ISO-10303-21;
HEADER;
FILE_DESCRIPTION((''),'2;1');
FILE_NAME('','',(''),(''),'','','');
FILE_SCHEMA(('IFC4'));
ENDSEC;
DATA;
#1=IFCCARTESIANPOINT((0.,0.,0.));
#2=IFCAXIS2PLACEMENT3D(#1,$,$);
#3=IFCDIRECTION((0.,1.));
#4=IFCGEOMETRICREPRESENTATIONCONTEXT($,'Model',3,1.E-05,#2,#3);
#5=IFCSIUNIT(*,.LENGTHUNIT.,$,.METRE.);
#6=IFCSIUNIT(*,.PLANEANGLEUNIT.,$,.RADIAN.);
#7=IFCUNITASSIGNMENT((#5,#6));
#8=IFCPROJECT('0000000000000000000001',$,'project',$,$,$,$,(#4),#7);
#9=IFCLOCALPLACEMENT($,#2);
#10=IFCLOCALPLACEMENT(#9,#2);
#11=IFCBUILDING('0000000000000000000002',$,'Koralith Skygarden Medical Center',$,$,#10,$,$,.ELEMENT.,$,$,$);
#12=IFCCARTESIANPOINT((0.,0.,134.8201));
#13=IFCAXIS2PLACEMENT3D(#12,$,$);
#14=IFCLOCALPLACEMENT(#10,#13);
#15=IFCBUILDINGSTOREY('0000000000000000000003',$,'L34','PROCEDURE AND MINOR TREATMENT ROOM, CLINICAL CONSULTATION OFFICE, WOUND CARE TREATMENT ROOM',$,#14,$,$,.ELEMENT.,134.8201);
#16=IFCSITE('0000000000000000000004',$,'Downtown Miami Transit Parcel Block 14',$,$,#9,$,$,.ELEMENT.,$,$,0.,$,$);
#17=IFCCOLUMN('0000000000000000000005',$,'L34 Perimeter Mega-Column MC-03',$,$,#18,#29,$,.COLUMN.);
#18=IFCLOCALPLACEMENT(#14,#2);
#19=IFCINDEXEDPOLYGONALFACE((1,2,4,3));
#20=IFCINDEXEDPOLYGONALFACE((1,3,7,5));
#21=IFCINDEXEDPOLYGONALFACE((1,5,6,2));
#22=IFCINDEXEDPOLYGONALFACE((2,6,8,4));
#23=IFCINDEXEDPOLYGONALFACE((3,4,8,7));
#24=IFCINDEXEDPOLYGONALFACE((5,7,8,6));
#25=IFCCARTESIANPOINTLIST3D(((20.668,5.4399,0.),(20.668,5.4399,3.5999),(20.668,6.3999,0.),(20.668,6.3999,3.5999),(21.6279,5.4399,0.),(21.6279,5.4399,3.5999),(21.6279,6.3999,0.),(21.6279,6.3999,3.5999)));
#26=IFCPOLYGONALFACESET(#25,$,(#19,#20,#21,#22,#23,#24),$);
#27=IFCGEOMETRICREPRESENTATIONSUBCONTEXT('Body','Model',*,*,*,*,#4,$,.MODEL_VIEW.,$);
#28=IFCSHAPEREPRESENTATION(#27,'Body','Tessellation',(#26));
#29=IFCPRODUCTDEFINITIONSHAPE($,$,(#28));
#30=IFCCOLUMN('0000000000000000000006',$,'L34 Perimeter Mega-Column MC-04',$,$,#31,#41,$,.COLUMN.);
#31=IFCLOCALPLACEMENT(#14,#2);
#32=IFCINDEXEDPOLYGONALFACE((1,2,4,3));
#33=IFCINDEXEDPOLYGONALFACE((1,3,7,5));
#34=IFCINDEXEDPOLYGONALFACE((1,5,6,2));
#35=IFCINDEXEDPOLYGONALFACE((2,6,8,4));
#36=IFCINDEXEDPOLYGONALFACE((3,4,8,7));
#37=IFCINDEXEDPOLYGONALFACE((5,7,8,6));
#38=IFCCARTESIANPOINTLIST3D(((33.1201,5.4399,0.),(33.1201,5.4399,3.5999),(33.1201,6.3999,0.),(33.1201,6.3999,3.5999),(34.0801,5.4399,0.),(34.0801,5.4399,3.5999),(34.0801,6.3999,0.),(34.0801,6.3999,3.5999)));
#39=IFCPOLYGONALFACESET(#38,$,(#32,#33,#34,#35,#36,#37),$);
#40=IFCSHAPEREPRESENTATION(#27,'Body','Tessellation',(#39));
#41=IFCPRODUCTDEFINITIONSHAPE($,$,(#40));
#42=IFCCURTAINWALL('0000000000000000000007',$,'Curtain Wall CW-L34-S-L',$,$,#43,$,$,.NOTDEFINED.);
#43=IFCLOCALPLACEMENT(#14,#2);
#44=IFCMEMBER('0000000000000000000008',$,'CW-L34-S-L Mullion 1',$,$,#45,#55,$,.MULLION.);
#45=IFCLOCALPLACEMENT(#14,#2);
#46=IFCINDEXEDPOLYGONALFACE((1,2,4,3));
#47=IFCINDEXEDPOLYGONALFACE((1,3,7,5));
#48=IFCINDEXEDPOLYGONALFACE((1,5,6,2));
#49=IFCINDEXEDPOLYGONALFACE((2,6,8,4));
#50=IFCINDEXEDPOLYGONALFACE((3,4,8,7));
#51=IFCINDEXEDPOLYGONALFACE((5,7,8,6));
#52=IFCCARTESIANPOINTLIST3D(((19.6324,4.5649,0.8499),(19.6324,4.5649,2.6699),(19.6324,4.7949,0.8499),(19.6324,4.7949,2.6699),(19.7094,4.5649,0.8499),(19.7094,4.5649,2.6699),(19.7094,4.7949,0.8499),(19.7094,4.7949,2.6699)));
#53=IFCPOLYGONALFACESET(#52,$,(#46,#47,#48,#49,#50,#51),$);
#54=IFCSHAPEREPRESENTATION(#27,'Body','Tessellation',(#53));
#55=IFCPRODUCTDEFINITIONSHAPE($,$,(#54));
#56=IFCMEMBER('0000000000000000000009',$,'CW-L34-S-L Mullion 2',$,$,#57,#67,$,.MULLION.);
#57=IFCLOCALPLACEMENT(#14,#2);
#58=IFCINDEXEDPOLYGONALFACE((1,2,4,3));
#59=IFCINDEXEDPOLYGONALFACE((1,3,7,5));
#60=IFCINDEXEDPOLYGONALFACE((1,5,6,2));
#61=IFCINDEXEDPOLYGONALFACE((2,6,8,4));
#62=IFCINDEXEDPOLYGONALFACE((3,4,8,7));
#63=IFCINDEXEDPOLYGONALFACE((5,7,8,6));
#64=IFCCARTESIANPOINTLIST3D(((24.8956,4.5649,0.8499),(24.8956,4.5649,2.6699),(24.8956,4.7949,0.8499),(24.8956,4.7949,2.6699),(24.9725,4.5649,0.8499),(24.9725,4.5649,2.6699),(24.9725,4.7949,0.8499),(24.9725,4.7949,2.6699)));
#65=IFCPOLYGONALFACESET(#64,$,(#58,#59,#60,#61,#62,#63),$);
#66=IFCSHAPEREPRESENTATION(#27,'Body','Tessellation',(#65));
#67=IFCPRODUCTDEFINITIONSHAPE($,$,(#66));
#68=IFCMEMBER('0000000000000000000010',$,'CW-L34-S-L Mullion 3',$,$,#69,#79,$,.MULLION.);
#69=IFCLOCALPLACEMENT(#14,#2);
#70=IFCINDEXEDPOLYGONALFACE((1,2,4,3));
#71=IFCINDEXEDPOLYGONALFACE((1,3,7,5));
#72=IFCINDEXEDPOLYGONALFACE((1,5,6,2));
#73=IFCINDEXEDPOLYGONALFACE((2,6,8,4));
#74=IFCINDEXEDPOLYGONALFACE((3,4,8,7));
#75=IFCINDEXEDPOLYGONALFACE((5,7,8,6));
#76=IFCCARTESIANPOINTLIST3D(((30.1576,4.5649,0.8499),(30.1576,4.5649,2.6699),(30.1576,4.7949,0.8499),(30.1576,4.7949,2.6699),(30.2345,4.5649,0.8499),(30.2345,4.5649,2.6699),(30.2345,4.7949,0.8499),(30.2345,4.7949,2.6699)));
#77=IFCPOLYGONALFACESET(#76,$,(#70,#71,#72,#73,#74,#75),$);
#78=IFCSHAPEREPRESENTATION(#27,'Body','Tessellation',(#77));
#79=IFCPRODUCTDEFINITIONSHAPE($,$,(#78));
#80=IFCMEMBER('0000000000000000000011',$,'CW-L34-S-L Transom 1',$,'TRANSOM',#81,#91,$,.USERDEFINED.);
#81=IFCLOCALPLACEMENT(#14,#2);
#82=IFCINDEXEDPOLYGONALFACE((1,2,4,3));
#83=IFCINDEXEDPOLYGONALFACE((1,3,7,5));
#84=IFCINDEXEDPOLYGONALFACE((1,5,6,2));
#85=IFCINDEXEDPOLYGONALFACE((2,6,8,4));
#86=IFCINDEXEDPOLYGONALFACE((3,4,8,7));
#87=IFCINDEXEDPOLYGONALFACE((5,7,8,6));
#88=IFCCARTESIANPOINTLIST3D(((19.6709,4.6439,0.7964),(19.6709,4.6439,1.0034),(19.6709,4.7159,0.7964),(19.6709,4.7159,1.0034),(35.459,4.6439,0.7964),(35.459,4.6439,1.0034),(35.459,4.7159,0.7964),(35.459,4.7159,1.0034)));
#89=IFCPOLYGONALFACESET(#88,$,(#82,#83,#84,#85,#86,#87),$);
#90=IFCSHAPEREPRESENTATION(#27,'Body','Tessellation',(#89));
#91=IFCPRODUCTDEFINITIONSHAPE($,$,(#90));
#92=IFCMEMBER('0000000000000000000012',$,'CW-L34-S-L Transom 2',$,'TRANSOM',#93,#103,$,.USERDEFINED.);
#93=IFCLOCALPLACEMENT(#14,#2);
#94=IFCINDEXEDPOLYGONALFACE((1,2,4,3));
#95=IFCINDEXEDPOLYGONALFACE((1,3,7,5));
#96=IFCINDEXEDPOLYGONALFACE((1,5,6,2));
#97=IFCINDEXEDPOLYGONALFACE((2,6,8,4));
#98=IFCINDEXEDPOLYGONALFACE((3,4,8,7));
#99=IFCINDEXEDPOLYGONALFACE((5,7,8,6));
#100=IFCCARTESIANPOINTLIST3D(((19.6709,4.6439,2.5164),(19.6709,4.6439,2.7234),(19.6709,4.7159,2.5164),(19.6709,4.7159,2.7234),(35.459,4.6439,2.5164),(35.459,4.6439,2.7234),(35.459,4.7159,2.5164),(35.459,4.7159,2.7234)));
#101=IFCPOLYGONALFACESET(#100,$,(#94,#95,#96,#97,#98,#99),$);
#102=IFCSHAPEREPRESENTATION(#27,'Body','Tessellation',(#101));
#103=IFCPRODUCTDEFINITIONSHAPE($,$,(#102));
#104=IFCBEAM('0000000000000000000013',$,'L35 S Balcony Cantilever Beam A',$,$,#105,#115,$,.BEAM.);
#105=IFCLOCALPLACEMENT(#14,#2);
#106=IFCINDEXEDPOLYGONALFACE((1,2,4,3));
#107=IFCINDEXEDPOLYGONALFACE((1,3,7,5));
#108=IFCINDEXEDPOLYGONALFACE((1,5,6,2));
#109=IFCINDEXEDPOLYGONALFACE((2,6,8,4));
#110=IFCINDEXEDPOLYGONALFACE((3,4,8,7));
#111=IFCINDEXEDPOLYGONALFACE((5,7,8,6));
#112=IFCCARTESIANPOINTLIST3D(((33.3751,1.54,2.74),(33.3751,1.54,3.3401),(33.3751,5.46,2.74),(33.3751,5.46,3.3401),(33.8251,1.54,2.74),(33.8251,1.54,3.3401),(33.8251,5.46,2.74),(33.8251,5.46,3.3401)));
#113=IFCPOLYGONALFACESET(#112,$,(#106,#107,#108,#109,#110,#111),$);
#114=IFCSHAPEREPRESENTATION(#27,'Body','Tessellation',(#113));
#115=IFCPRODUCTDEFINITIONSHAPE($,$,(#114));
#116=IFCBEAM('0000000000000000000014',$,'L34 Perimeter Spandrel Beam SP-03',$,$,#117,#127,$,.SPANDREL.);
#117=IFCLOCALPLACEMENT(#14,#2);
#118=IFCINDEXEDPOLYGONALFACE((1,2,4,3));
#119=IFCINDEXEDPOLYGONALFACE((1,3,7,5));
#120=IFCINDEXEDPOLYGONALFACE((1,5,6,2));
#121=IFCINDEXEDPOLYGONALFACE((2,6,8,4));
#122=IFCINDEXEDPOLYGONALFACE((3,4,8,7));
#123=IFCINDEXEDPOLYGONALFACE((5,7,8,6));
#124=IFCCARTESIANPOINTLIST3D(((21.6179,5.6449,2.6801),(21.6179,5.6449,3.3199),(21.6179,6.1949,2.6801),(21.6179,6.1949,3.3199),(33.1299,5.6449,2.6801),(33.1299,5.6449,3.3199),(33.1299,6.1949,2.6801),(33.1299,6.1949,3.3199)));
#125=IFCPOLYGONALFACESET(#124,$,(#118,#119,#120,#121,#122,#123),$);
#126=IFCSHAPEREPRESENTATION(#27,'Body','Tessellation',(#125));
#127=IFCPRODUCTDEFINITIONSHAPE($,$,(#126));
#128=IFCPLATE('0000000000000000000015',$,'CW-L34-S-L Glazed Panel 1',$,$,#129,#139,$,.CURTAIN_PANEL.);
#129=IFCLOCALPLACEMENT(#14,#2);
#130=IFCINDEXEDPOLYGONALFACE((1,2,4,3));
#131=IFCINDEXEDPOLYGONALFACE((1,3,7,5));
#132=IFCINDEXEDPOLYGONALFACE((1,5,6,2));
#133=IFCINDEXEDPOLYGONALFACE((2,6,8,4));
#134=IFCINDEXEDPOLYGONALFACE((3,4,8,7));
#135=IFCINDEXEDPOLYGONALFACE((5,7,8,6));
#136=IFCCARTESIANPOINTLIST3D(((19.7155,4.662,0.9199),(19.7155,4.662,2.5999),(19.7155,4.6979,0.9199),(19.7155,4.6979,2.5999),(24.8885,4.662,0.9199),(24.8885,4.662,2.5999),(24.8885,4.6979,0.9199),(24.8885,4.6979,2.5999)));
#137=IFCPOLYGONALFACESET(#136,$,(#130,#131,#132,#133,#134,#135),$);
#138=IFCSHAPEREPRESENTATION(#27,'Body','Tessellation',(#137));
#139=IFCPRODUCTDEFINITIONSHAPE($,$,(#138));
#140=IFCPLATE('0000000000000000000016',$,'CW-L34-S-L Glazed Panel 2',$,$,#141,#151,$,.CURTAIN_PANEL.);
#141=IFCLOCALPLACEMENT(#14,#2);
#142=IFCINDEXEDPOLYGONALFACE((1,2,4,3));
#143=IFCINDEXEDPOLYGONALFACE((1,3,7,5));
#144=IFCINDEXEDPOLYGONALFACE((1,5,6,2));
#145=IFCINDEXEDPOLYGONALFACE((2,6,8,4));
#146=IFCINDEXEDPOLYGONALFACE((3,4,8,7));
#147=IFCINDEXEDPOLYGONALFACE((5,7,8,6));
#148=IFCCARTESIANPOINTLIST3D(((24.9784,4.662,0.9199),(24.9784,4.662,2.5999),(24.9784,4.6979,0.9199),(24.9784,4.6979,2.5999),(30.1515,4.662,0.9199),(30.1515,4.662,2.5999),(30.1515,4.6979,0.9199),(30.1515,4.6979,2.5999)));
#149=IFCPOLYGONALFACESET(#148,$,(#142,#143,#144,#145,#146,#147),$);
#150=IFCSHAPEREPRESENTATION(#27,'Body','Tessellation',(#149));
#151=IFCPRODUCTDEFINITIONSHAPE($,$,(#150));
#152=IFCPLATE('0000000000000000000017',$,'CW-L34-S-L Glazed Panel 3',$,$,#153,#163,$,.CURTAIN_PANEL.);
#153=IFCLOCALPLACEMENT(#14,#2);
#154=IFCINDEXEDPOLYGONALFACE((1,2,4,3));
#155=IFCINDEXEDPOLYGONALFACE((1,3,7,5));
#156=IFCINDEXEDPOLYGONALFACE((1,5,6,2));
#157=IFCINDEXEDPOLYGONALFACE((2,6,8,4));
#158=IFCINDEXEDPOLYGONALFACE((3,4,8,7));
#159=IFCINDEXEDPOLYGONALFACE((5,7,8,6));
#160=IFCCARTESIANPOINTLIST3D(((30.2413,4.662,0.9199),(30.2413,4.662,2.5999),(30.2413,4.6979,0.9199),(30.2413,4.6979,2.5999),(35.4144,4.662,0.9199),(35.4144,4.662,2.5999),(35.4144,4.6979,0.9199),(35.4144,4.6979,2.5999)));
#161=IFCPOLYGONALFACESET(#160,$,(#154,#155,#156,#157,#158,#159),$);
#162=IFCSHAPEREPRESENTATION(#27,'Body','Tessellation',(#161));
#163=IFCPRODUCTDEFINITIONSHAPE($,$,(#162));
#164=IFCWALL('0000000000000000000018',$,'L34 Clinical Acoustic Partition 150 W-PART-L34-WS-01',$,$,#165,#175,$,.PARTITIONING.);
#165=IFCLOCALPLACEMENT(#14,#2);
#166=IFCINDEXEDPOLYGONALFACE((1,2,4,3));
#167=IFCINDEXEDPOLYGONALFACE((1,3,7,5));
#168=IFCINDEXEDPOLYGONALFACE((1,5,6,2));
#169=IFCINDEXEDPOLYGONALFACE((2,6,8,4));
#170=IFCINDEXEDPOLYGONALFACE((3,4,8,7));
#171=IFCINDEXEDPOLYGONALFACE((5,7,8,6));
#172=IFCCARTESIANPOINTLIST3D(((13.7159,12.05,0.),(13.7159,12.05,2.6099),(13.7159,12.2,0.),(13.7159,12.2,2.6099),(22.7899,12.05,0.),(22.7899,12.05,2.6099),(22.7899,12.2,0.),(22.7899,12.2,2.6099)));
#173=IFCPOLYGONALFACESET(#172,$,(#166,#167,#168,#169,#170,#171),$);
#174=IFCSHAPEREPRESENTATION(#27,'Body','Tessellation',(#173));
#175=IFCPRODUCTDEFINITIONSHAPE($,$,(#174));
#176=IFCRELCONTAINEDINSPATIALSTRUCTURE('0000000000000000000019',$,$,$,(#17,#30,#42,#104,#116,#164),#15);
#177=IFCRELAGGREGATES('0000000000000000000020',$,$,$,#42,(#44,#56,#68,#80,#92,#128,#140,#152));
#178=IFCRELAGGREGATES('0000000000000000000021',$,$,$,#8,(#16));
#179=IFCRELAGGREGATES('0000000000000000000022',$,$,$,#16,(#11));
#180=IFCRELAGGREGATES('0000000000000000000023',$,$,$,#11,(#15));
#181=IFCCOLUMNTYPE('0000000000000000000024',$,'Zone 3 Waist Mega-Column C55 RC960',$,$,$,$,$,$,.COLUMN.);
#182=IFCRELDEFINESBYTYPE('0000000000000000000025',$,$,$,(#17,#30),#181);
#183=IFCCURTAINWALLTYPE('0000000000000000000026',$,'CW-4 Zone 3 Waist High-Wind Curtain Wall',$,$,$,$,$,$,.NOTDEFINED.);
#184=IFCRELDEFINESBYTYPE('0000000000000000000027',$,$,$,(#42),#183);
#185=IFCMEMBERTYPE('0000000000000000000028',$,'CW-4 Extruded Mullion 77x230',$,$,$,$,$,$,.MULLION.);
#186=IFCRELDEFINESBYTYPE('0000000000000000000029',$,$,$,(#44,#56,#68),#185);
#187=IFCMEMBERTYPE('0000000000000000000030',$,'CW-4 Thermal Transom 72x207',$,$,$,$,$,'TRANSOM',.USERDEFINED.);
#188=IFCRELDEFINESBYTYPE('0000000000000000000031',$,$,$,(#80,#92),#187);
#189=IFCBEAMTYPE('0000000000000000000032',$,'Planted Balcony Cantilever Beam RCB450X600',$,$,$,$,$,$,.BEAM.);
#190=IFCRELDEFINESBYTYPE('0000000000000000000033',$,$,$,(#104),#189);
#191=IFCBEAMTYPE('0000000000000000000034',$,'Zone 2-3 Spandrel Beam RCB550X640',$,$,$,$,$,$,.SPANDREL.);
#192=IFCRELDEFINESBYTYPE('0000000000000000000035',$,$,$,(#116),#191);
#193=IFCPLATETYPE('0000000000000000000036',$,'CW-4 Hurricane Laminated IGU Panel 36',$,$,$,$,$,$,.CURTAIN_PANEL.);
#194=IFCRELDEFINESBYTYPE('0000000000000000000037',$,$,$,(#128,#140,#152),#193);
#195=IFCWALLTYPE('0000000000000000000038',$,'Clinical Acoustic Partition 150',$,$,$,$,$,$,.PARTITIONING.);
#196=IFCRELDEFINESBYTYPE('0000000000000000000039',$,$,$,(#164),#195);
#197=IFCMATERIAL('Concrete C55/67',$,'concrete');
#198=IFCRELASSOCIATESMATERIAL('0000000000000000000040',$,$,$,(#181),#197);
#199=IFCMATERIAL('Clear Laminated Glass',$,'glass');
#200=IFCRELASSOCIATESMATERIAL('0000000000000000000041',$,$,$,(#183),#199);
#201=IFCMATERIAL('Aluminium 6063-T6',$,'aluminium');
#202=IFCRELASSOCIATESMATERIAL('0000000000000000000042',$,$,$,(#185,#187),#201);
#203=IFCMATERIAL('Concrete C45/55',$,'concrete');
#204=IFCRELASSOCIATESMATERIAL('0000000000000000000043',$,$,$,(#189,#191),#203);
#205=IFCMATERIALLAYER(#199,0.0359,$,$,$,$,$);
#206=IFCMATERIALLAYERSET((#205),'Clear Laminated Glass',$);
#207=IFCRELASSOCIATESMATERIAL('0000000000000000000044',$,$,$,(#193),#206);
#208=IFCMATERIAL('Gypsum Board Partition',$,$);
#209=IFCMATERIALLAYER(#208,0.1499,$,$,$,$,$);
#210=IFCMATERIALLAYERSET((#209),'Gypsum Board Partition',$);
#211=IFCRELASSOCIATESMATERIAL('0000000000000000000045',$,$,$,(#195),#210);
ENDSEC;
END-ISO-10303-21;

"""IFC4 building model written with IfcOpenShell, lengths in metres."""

from ifc_helpers import new_model, si_unit, direction, frame, frame_2d, origin, origin_2d, place, context, subcontext, project, spatial, rectangle, extrude, material, layer, layer_set, material_profile, profile_set, type_object, element, aggregate, save


model = new_model("IFC4")

# Units and contexts
model_context = context("Model", 3, precision=1e-05, world=origin(), true_north=direction((0.0, 1.0)))
body_context = subcontext(model_context, "Body", "Model", "MODEL_VIEW")
ifc_project = project(units=[si_unit("LENGTHUNIT", "METRE"), si_unit("PLANEANGLEUNIT", "RADIAN")], contexts=[model_context])

# Site, building, storey
site_placement = place(None, origin())
site = spatial("IfcSite", under=ifc_project, at=site_placement, Name="Downtown Miami Transit Parcel Block 14", CompositionType="ELEMENT", RefElevation=0.0)
building_placement = place(site_placement, origin())
building = spatial("IfcBuilding", under=site, at=building_placement, Name="Koralith Skygarden Medical Center", CompositionType="ELEMENT")
storey_placement = place(building_placement, frame((0.0, 0.0, 134.8201)))
storey = spatial("IfcBuildingStorey", under=building, at=storey_placement, Name="L34", Description="PROCEDURE AND MINOR TREATMENT ROOM, CLINICAL CONSULTATION OFFICE, WOUND CARE TREATMENT ROOM", CompositionType="ELEMENT", Elevation=134.8201)

# Columns
ifc_material_1 = material(Name="Concrete C55/67", Category="concrete")
ifc_material_profile_1 = material_profile(ifc_material_1, rectangle(XDim=0.96, YDim=0.96, at=origin_2d()), Name="RC960X960")
ifc_profile_set_1 = profile_set([ifc_material_profile_1], Name="Concrete C55/67")
column_type = type_object("IfcColumnType", Name="Zone 3 Waist Mega-Column C55 RC960", PredefinedType="COLUMN", material=ifc_profile_set_1)
for number, where, z_axis, x_axis, name in (
    (1, (21.1479, 5.9199, 0.0), (0.0, 0.0, 1.0), (1.0, 0.0, 0.0), "L34 Perimeter Mega-Column MC-03"),
    (2, (33.6001, 5.9199, 0.0), (0.0, 0.0, 1.0), (1.0, 0.0, 0.0), "L34 Perimeter Mega-Column MC-04"),
):
    element("IfcColumn", number, at=place(storey_placement, frame(where, z_axis=z_axis, x_axis=x_axis)), inside=storey, type_object=column_type, Name=name, PredefinedType="COLUMN", context=body_context, shape_type="SweptSolid", body=[
        extrude(rectangle(XDim=0.96, YDim=0.96, at=origin_2d()), origin(), (0.0, 0.0, 1.0), 3.5999),
    ])

# Curtain wall, members
ifc_material_2 = material(Name="Clear Laminated Glass", Category="glass")
curtain_wall_type = type_object("IfcCurtainWallType", Name="CW-4 Zone 3 Waist High-Wind Curtain Wall", PredefinedType="NOTDEFINED", material=ifc_material_2)
curtain_wall_placement = place(storey_placement, origin())
curtain_wall = element("IfcCurtainWall", 3, at=curtain_wall_placement, inside=storey, type_object=curtain_wall_type, Name="Curtain Wall CW-L34-S-L", PredefinedType="NOTDEFINED")
ifc_material_3 = material(Name="Aluminium 6063-T6", Category="aluminium")
ifc_material_profile_2 = material_profile(ifc_material_3, rectangle(XDim=0.0769, YDim=0.23, at=origin_2d()), Name="MUL77X230")
ifc_profile_set_2 = profile_set([ifc_material_profile_2], Name="Aluminium 6063-T6")
member_type_1 = type_object("IfcMemberType", Name="CW-4 Extruded Mullion 77x230", PredefinedType="MULLION", material=ifc_profile_set_2)
member_1_placement = place(storey_placement, frame((19.6709, 4.6799, 0.8499), z_axis=(0.0, 0.0, 1.0), x_axis=(1.0, 0.0, 0.0)))
member_1 = element("IfcMember", 4, at=member_1_placement, type_object=member_type_1, Name="CW-L34-S-L Mullion 1", PredefinedType="MULLION", context=body_context, shape_type="SweptSolid", body=[
    extrude(rectangle(XDim=0.0769, YDim=0.23, at=origin_2d()), origin(), (0.0, 0.0, 1.0), 1.8201),
])
member_2_placement = place(storey_placement, frame((24.9341, 4.6799, 0.8499), z_axis=(0.0, 0.0, 1.0), x_axis=(1.0, 0.0, 0.0)))
member_2 = element("IfcMember", 5, at=member_2_placement, type_object=member_type_1, Name="CW-L34-S-L Mullion 2", PredefinedType="MULLION", context=body_context, shape_type="SweptSolid", body=[
    extrude(rectangle(XDim=0.0769, YDim=0.23, at=origin_2d()), origin(), (0.0, 0.0, 1.0), 1.8201),
])
member_3_placement = place(storey_placement, frame((30.196, 4.6799, 0.8499), z_axis=(0.0, 0.0, 1.0), x_axis=(1.0, 0.0, 0.0)))
member_3 = element("IfcMember", 6, at=member_3_placement, type_object=member_type_1, Name="CW-L34-S-L Mullion 3", PredefinedType="MULLION", context=body_context, shape_type="SweptSolid", body=[
    extrude(rectangle(XDim=0.0769, YDim=0.23, at=origin_2d()), origin(), (0.0, 0.0, 1.0), 1.8201),
])
ifc_material_profile_3 = material_profile(ifc_material_3, rectangle(XDim=0.072, YDim=0.207, at=origin_2d()), Name="TRN72X207")
ifc_profile_set_3 = profile_set([ifc_material_profile_3], Name="Aluminium 6063-T6")
member_type_2 = type_object("IfcMemberType", Name="CW-4 Thermal Transom 72x207", ElementType="TRANSOM", PredefinedType="USERDEFINED", material=ifc_profile_set_3)
member_4_placement = place(storey_placement, frame((19.6709, 4.6799, 0.8999), z_axis=(1.0, 0.0, 0.0), x_axis=(0.0, 1.0, 0.0)))
member_4 = element("IfcMember", 7, at=member_4_placement, type_object=member_type_2, Name="CW-L34-S-L Transom 1", ObjectType="TRANSOM", PredefinedType="USERDEFINED", context=body_context, shape_type="SweptSolid", body=[
    extrude(rectangle(XDim=0.072, YDim=0.207, at=origin_2d()), origin(), (0.0, 0.0, 1.0), 15.7881),
])
member_5_placement = place(storey_placement, frame((19.6709, 4.6799, 2.6199), z_axis=(1.0, 0.0, 0.0), x_axis=(0.0, 1.0, 0.0)))
member_5 = element("IfcMember", 8, at=member_5_placement, type_object=member_type_2, Name="CW-L34-S-L Transom 2", ObjectType="TRANSOM", PredefinedType="USERDEFINED", context=body_context, shape_type="SweptSolid", body=[
    extrude(rectangle(XDim=0.072, YDim=0.207, at=origin_2d()), origin(), (0.0, 0.0, 1.0), 15.7881),
])

# Beams
ifc_material_4 = material(Name="Concrete C45/55", Category="concrete")
ifc_material_profile_4 = material_profile(ifc_material_4, rectangle(XDim=0.45, YDim=0.6001, at=origin_2d()), Name="RCB450X600")
ifc_profile_set_4 = profile_set([ifc_material_profile_4], Name="Concrete C45/55")
beam_type_1 = type_object("IfcBeamType", Name="Planted Balcony Cantilever Beam RCB450X600", PredefinedType="BEAM", material=ifc_profile_set_4)
beam_1_placement = place(storey_placement, frame((33.6001, 5.46, 3.04), z_axis=(0.0, -1.0, 0.0), x_axis=(1.0, 0.0, 0.0)))
element("IfcBeam", 9, at=beam_1_placement, inside=storey, type_object=beam_type_1, Name="L35 S Balcony Cantilever Beam A", PredefinedType="BEAM", context=body_context, shape_type="SweptSolid", body=[
    extrude(rectangle(XDim=0.45, YDim=0.6001, at=origin_2d()), origin(), (0.0, 0.0, 1.0), 3.9199),
])
ifc_material_profile_5 = material_profile(ifc_material_4, rectangle(XDim=0.55, YDim=0.6399, at=origin_2d()), Name="RCB550X640")
ifc_profile_set_5 = profile_set([ifc_material_profile_5], Name="Concrete C45/55")
beam_type_2 = type_object("IfcBeamType", Name="Zone 2-3 Spandrel Beam RCB550X640", PredefinedType="SPANDREL", material=ifc_profile_set_5)
beam_2_placement = place(storey_placement, frame((21.6179, 5.9199, 3.0), z_axis=(1.0, 0.0, 0.0), x_axis=(0.0, 1.0, 0.0)))
element("IfcBeam", 10, at=beam_2_placement, inside=storey, type_object=beam_type_2, Name="L34 Perimeter Spandrel Beam SP-03", PredefinedType="SPANDREL", context=body_context, shape_type="SweptSolid", body=[
    extrude(rectangle(XDim=0.55, YDim=0.6399, at=origin_2d()), origin(), (0.0, 0.0, 1.0), 11.512),
])

# Plates
ifc_layer_1 = layer(ifc_material_2, 0.0359)
ifc_layer_set_1 = layer_set([ifc_layer_1], Name="Clear Laminated Glass")
plate_type = type_object("IfcPlateType", Name="CW-4 Hurricane Laminated IGU Panel 36", PredefinedType="CURTAIN_PANEL", material=ifc_layer_set_1)
plate_1_placement = place(storey_placement, frame((22.302, 4.6799, 0.9199), z_axis=(0.0, 0.0, 1.0), x_axis=(1.0, 0.0, 0.0)))
plate_1 = element("IfcPlate", 11, at=plate_1_placement, type_object=plate_type, Name="CW-L34-S-L Glazed Panel 1", PredefinedType="CURTAIN_PANEL", context=body_context, shape_type="SweptSolid", body=[
    extrude(rectangle(XDim=5.1731, YDim=0.0359, at=origin_2d()), origin(), (0.0, 0.0, 1.0), 1.6799),
])
plate_2_placement = place(storey_placement, frame((27.5649, 4.6799, 0.9199), z_axis=(0.0, 0.0, 1.0), x_axis=(1.0, 0.0, 0.0)))
plate_2 = element("IfcPlate", 12, at=plate_2_placement, type_object=plate_type, Name="CW-L34-S-L Glazed Panel 2", PredefinedType="CURTAIN_PANEL", context=body_context, shape_type="SweptSolid", body=[
    extrude(rectangle(XDim=5.1731, YDim=0.0359, at=origin_2d()), origin(), (0.0, 0.0, 1.0), 1.6799),
])
plate_3_placement = place(storey_placement, frame((32.8279, 4.6799, 0.9199), z_axis=(0.0, 0.0, 1.0), x_axis=(1.0, 0.0, 0.0)))
plate_3 = element("IfcPlate", 13, at=plate_3_placement, type_object=plate_type, Name="CW-L34-S-L Glazed Panel 3", PredefinedType="CURTAIN_PANEL", context=body_context, shape_type="SweptSolid", body=[
    extrude(rectangle(XDim=5.1731, YDim=0.0359, at=origin_2d()), origin(), (0.0, 0.0, 1.0), 1.6799),
])
aggregate(curtain_wall, [member_1, member_2, member_3, member_4, member_5, plate_1, plate_2, plate_3])

# Wall
ifc_material_5 = material(Name="Gypsum Board Partition")
ifc_layer_2 = layer(ifc_material_5, 0.1499)
ifc_layer_set_2 = layer_set([ifc_layer_2], Name="Gypsum Board Partition")
wall_type_1 = type_object("IfcWallType", Name="Clinical Acoustic Partition 150", PredefinedType="PARTITIONING", material=ifc_layer_set_2)
wall_1_placement = place(storey_placement, frame((22.79, 12.125, 0.0), z_axis=(0.0, 0.0, 1.0), x_axis=(-1.0, 0.0, 0.0)))
element("IfcWall", 14, at=wall_1_placement, inside=storey, type_object=wall_type_1, Name="L34 Clinical Acoustic Partition 150 W-PART-L34-WS-01", PredefinedType="PARTITIONING", context=body_context, shape_type="SweptSolid", body=[
    extrude(rectangle(XDim=9.074, YDim=0.1499, at=frame_2d((4.5371, 0.0))), origin(), (0.0, 0.0, 1.0), 2.6099),
])

save(model, "model.ifc")
